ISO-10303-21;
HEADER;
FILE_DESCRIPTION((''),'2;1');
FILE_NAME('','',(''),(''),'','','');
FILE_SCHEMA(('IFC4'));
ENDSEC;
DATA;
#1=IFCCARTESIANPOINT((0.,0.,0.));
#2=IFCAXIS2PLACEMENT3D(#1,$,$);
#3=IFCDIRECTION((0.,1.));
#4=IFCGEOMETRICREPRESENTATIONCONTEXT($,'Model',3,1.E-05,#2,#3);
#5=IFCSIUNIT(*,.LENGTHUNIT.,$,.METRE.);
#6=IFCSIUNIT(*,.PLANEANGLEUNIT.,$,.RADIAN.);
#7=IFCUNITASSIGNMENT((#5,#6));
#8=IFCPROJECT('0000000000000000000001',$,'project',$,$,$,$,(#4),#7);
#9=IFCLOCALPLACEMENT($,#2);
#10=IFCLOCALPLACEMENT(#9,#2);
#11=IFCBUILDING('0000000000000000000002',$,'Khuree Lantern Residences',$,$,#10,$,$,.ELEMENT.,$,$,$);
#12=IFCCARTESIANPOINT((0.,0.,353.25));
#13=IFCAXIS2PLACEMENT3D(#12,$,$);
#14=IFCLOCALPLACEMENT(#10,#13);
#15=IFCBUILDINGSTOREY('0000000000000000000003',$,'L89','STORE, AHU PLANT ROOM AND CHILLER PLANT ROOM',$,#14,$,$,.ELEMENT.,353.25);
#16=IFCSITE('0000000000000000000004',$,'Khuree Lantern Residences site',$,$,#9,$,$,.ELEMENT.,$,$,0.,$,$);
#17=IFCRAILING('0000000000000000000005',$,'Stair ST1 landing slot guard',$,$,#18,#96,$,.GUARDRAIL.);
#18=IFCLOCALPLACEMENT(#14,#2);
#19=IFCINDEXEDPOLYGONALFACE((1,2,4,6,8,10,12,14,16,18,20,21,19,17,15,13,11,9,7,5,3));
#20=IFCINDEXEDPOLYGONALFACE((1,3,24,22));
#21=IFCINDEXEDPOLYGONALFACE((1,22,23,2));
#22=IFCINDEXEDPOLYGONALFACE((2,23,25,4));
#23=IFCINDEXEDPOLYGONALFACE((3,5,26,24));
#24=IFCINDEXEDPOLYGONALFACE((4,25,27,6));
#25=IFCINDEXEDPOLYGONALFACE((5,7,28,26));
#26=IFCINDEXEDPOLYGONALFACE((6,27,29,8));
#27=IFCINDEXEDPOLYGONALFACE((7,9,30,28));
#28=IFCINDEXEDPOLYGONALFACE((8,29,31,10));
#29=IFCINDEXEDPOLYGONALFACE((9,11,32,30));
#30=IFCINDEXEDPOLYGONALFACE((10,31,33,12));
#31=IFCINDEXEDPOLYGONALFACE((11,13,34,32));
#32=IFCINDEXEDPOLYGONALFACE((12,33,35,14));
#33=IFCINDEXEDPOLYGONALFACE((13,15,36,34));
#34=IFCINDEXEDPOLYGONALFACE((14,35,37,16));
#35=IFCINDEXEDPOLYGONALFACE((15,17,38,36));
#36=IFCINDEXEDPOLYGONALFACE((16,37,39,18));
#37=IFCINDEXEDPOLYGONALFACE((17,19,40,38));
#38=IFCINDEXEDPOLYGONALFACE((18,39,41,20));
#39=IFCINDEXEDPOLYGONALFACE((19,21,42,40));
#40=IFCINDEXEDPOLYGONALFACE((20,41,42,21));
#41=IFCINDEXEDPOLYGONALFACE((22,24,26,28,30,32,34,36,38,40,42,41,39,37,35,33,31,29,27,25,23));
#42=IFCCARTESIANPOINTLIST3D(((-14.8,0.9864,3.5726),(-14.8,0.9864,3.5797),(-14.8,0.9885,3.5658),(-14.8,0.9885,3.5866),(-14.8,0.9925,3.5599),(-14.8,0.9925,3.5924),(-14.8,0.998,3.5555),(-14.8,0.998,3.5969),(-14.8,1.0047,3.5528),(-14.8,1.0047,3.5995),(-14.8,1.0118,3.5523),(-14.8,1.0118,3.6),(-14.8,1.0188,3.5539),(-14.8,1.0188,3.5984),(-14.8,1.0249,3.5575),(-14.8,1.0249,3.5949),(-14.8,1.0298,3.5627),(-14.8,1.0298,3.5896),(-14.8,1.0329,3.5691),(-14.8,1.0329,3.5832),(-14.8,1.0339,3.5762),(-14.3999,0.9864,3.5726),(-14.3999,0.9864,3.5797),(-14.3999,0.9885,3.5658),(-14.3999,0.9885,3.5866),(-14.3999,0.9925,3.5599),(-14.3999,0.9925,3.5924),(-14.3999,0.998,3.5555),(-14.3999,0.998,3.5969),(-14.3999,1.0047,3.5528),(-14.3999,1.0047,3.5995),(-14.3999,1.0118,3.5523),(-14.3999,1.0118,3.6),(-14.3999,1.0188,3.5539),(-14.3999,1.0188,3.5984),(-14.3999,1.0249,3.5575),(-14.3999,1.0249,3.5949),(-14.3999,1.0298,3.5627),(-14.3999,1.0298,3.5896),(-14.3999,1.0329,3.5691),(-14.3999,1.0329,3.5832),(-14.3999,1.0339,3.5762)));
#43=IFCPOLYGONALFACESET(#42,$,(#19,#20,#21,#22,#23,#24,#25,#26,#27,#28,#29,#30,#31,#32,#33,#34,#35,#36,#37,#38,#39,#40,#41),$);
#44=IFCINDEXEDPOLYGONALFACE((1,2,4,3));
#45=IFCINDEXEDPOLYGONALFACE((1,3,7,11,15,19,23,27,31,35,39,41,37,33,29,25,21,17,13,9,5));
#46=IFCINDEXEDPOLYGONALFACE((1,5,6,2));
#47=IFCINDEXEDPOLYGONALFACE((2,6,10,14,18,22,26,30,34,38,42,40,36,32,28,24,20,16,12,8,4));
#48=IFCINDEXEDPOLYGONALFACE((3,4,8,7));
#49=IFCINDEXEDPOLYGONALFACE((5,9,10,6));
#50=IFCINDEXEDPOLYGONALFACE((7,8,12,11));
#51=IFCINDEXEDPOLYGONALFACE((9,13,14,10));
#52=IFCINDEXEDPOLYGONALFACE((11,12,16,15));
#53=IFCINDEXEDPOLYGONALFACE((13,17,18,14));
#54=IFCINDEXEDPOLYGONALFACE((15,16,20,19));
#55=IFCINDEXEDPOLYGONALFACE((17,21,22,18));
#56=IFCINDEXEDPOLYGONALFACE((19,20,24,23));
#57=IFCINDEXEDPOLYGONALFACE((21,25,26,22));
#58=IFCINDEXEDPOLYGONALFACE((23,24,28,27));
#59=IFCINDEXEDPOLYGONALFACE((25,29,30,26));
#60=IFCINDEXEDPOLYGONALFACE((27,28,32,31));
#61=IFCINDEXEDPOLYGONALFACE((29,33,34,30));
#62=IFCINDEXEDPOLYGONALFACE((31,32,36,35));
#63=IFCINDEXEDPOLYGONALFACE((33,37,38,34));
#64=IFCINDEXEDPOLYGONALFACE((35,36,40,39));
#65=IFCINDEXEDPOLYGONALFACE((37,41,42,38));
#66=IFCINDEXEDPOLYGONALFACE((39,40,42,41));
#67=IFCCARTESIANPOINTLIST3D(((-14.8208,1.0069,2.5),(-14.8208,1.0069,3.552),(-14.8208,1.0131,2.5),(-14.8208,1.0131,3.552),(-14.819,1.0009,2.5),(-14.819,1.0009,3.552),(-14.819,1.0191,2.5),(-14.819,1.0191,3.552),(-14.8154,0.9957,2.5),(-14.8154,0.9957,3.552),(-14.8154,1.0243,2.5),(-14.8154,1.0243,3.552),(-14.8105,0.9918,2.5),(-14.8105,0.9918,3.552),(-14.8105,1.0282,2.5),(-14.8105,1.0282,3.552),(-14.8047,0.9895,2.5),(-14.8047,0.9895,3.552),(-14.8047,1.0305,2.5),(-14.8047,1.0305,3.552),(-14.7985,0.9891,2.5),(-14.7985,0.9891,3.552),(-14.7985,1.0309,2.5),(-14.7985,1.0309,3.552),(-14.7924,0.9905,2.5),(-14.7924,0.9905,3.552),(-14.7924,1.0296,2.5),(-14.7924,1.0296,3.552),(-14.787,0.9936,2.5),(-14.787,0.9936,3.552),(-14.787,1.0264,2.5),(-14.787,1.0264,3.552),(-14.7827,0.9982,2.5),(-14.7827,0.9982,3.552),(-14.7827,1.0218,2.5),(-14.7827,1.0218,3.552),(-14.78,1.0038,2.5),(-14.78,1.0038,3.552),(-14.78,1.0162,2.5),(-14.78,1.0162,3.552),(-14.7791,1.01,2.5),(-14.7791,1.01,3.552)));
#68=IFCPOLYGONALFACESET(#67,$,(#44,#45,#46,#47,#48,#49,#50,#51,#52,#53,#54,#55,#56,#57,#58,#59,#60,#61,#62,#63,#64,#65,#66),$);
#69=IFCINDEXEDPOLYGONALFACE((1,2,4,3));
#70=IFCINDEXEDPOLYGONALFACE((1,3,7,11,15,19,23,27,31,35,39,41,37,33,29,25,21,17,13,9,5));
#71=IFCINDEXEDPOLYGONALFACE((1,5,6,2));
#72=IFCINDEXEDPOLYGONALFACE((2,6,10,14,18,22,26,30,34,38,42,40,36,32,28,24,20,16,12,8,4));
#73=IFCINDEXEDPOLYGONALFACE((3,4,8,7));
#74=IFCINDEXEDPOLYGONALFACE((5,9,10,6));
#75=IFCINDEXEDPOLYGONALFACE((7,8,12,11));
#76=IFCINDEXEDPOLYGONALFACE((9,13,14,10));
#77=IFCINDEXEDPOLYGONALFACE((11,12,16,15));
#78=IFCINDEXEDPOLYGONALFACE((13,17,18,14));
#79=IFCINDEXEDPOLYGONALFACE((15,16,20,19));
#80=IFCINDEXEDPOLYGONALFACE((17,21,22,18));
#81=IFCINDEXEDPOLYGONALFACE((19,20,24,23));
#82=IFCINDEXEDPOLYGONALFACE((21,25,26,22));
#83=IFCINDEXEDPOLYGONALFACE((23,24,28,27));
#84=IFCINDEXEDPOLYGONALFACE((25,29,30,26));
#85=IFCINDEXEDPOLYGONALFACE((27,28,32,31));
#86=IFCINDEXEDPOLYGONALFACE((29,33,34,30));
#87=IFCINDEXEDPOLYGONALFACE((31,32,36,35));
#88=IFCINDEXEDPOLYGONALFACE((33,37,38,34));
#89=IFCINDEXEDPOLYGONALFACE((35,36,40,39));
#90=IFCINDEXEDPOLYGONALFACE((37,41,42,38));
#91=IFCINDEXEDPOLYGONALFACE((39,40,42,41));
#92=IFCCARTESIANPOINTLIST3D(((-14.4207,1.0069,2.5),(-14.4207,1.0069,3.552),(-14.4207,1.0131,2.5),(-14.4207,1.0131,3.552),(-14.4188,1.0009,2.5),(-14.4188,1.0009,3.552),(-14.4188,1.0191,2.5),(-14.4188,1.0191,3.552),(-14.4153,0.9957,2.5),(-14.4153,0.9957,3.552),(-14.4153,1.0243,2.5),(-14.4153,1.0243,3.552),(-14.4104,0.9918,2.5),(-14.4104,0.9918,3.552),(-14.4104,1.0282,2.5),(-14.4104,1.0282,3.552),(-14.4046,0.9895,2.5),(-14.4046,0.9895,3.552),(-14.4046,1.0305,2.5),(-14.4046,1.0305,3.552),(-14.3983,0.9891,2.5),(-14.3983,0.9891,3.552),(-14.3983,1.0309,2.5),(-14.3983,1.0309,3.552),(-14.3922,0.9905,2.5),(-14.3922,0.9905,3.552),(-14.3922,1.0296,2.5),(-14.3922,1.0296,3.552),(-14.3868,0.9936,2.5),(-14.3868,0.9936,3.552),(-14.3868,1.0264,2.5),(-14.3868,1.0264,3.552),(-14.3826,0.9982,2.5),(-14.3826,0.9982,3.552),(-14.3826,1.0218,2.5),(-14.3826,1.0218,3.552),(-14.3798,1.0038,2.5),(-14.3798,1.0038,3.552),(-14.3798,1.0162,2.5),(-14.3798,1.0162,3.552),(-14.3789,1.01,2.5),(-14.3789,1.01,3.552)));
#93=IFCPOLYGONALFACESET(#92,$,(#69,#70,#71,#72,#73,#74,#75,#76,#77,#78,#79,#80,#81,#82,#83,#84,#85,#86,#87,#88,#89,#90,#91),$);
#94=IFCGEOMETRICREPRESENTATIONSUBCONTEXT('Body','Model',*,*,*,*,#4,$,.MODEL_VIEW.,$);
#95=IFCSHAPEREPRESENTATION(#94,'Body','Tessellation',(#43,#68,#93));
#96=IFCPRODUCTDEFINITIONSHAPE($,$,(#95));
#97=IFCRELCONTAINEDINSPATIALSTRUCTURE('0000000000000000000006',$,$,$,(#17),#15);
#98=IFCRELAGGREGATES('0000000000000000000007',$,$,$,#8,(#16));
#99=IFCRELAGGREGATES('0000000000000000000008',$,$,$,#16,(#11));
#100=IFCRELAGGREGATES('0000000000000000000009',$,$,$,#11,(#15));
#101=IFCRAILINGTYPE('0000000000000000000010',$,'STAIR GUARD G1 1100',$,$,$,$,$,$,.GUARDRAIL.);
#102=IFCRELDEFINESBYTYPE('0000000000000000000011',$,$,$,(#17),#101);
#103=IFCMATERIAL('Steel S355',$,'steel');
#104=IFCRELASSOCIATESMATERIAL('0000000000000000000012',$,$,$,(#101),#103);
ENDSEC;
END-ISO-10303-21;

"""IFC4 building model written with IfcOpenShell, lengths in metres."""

from ifc_helpers import new_model, si_unit, direction, frame, origin, origin_2d, place, context, subcontext, project, spatial, circle, extrude, material, type_object, element, save


model = new_model("IFC4")

# Units and contexts
model_context = context("Model", 3, precision=1e-05, world=origin(), true_north=direction((0.0, 1.0)))
body_context = subcontext(model_context, "Body", "Model", "MODEL_VIEW")
ifc_project = project(units=[si_unit("LENGTHUNIT", "METRE"), si_unit("PLANEANGLEUNIT", "RADIAN")], contexts=[model_context])

# Site, building, storey
site_placement = place(None, origin())
site = spatial("IfcSite", under=ifc_project, at=site_placement, Name="Khuree Lantern Residences site", CompositionType="ELEMENT", RefElevation=0.0)
building_placement = place(site_placement, origin())
building = spatial("IfcBuilding", under=site, at=building_placement, Name="Khuree Lantern Residences", CompositionType="ELEMENT")
storey_placement = place(building_placement, frame((0.0, 0.0, 353.25)))
storey = spatial("IfcBuildingStorey", under=building, at=storey_placement, Name="L89", Description="STORE, AHU PLANT ROOM AND CHILLER PLANT ROOM", CompositionType="ELEMENT", Elevation=353.25)

# Shared definitions
ifc_material_1 = material(Name="Steel S355", Category="steel")

# Railing
railing_type = type_object("IfcRailingType", Name="STAIR GUARD G1 1100", PredefinedType="GUARDRAIL", material=ifc_material_1)
railing_placement = place(storey_placement, frame((-14.8, 1.01, 2.5)))
element("IfcRailing", 1, at=railing_placement, inside=storey, type_object=railing_type, Name="Stair ST1 landing slot guard", PredefinedType="GUARDRAIL", context=body_context, shape_type="SweptSolid", body=[
    extrude(circle(Radius=0.0239, at=origin_2d()), frame((0.0, 0.0, 1.0762), z_axis=(1.0, 0.0, 0.0), x_axis=(0.0, 1.0, 0.0)), (0.0, 0.0, 1.0), 0.4001),
    extrude(circle(Radius=0.021, at=origin_2d()), origin(), (0.0, 0.0, 1.0), 1.052),
    extrude(circle(Radius=0.021, at=origin_2d()), frame((0.4001, 0.0, 0.0)), (0.0, 0.0, 1.0), 1.052),
])

save(model, "model.ifc")
